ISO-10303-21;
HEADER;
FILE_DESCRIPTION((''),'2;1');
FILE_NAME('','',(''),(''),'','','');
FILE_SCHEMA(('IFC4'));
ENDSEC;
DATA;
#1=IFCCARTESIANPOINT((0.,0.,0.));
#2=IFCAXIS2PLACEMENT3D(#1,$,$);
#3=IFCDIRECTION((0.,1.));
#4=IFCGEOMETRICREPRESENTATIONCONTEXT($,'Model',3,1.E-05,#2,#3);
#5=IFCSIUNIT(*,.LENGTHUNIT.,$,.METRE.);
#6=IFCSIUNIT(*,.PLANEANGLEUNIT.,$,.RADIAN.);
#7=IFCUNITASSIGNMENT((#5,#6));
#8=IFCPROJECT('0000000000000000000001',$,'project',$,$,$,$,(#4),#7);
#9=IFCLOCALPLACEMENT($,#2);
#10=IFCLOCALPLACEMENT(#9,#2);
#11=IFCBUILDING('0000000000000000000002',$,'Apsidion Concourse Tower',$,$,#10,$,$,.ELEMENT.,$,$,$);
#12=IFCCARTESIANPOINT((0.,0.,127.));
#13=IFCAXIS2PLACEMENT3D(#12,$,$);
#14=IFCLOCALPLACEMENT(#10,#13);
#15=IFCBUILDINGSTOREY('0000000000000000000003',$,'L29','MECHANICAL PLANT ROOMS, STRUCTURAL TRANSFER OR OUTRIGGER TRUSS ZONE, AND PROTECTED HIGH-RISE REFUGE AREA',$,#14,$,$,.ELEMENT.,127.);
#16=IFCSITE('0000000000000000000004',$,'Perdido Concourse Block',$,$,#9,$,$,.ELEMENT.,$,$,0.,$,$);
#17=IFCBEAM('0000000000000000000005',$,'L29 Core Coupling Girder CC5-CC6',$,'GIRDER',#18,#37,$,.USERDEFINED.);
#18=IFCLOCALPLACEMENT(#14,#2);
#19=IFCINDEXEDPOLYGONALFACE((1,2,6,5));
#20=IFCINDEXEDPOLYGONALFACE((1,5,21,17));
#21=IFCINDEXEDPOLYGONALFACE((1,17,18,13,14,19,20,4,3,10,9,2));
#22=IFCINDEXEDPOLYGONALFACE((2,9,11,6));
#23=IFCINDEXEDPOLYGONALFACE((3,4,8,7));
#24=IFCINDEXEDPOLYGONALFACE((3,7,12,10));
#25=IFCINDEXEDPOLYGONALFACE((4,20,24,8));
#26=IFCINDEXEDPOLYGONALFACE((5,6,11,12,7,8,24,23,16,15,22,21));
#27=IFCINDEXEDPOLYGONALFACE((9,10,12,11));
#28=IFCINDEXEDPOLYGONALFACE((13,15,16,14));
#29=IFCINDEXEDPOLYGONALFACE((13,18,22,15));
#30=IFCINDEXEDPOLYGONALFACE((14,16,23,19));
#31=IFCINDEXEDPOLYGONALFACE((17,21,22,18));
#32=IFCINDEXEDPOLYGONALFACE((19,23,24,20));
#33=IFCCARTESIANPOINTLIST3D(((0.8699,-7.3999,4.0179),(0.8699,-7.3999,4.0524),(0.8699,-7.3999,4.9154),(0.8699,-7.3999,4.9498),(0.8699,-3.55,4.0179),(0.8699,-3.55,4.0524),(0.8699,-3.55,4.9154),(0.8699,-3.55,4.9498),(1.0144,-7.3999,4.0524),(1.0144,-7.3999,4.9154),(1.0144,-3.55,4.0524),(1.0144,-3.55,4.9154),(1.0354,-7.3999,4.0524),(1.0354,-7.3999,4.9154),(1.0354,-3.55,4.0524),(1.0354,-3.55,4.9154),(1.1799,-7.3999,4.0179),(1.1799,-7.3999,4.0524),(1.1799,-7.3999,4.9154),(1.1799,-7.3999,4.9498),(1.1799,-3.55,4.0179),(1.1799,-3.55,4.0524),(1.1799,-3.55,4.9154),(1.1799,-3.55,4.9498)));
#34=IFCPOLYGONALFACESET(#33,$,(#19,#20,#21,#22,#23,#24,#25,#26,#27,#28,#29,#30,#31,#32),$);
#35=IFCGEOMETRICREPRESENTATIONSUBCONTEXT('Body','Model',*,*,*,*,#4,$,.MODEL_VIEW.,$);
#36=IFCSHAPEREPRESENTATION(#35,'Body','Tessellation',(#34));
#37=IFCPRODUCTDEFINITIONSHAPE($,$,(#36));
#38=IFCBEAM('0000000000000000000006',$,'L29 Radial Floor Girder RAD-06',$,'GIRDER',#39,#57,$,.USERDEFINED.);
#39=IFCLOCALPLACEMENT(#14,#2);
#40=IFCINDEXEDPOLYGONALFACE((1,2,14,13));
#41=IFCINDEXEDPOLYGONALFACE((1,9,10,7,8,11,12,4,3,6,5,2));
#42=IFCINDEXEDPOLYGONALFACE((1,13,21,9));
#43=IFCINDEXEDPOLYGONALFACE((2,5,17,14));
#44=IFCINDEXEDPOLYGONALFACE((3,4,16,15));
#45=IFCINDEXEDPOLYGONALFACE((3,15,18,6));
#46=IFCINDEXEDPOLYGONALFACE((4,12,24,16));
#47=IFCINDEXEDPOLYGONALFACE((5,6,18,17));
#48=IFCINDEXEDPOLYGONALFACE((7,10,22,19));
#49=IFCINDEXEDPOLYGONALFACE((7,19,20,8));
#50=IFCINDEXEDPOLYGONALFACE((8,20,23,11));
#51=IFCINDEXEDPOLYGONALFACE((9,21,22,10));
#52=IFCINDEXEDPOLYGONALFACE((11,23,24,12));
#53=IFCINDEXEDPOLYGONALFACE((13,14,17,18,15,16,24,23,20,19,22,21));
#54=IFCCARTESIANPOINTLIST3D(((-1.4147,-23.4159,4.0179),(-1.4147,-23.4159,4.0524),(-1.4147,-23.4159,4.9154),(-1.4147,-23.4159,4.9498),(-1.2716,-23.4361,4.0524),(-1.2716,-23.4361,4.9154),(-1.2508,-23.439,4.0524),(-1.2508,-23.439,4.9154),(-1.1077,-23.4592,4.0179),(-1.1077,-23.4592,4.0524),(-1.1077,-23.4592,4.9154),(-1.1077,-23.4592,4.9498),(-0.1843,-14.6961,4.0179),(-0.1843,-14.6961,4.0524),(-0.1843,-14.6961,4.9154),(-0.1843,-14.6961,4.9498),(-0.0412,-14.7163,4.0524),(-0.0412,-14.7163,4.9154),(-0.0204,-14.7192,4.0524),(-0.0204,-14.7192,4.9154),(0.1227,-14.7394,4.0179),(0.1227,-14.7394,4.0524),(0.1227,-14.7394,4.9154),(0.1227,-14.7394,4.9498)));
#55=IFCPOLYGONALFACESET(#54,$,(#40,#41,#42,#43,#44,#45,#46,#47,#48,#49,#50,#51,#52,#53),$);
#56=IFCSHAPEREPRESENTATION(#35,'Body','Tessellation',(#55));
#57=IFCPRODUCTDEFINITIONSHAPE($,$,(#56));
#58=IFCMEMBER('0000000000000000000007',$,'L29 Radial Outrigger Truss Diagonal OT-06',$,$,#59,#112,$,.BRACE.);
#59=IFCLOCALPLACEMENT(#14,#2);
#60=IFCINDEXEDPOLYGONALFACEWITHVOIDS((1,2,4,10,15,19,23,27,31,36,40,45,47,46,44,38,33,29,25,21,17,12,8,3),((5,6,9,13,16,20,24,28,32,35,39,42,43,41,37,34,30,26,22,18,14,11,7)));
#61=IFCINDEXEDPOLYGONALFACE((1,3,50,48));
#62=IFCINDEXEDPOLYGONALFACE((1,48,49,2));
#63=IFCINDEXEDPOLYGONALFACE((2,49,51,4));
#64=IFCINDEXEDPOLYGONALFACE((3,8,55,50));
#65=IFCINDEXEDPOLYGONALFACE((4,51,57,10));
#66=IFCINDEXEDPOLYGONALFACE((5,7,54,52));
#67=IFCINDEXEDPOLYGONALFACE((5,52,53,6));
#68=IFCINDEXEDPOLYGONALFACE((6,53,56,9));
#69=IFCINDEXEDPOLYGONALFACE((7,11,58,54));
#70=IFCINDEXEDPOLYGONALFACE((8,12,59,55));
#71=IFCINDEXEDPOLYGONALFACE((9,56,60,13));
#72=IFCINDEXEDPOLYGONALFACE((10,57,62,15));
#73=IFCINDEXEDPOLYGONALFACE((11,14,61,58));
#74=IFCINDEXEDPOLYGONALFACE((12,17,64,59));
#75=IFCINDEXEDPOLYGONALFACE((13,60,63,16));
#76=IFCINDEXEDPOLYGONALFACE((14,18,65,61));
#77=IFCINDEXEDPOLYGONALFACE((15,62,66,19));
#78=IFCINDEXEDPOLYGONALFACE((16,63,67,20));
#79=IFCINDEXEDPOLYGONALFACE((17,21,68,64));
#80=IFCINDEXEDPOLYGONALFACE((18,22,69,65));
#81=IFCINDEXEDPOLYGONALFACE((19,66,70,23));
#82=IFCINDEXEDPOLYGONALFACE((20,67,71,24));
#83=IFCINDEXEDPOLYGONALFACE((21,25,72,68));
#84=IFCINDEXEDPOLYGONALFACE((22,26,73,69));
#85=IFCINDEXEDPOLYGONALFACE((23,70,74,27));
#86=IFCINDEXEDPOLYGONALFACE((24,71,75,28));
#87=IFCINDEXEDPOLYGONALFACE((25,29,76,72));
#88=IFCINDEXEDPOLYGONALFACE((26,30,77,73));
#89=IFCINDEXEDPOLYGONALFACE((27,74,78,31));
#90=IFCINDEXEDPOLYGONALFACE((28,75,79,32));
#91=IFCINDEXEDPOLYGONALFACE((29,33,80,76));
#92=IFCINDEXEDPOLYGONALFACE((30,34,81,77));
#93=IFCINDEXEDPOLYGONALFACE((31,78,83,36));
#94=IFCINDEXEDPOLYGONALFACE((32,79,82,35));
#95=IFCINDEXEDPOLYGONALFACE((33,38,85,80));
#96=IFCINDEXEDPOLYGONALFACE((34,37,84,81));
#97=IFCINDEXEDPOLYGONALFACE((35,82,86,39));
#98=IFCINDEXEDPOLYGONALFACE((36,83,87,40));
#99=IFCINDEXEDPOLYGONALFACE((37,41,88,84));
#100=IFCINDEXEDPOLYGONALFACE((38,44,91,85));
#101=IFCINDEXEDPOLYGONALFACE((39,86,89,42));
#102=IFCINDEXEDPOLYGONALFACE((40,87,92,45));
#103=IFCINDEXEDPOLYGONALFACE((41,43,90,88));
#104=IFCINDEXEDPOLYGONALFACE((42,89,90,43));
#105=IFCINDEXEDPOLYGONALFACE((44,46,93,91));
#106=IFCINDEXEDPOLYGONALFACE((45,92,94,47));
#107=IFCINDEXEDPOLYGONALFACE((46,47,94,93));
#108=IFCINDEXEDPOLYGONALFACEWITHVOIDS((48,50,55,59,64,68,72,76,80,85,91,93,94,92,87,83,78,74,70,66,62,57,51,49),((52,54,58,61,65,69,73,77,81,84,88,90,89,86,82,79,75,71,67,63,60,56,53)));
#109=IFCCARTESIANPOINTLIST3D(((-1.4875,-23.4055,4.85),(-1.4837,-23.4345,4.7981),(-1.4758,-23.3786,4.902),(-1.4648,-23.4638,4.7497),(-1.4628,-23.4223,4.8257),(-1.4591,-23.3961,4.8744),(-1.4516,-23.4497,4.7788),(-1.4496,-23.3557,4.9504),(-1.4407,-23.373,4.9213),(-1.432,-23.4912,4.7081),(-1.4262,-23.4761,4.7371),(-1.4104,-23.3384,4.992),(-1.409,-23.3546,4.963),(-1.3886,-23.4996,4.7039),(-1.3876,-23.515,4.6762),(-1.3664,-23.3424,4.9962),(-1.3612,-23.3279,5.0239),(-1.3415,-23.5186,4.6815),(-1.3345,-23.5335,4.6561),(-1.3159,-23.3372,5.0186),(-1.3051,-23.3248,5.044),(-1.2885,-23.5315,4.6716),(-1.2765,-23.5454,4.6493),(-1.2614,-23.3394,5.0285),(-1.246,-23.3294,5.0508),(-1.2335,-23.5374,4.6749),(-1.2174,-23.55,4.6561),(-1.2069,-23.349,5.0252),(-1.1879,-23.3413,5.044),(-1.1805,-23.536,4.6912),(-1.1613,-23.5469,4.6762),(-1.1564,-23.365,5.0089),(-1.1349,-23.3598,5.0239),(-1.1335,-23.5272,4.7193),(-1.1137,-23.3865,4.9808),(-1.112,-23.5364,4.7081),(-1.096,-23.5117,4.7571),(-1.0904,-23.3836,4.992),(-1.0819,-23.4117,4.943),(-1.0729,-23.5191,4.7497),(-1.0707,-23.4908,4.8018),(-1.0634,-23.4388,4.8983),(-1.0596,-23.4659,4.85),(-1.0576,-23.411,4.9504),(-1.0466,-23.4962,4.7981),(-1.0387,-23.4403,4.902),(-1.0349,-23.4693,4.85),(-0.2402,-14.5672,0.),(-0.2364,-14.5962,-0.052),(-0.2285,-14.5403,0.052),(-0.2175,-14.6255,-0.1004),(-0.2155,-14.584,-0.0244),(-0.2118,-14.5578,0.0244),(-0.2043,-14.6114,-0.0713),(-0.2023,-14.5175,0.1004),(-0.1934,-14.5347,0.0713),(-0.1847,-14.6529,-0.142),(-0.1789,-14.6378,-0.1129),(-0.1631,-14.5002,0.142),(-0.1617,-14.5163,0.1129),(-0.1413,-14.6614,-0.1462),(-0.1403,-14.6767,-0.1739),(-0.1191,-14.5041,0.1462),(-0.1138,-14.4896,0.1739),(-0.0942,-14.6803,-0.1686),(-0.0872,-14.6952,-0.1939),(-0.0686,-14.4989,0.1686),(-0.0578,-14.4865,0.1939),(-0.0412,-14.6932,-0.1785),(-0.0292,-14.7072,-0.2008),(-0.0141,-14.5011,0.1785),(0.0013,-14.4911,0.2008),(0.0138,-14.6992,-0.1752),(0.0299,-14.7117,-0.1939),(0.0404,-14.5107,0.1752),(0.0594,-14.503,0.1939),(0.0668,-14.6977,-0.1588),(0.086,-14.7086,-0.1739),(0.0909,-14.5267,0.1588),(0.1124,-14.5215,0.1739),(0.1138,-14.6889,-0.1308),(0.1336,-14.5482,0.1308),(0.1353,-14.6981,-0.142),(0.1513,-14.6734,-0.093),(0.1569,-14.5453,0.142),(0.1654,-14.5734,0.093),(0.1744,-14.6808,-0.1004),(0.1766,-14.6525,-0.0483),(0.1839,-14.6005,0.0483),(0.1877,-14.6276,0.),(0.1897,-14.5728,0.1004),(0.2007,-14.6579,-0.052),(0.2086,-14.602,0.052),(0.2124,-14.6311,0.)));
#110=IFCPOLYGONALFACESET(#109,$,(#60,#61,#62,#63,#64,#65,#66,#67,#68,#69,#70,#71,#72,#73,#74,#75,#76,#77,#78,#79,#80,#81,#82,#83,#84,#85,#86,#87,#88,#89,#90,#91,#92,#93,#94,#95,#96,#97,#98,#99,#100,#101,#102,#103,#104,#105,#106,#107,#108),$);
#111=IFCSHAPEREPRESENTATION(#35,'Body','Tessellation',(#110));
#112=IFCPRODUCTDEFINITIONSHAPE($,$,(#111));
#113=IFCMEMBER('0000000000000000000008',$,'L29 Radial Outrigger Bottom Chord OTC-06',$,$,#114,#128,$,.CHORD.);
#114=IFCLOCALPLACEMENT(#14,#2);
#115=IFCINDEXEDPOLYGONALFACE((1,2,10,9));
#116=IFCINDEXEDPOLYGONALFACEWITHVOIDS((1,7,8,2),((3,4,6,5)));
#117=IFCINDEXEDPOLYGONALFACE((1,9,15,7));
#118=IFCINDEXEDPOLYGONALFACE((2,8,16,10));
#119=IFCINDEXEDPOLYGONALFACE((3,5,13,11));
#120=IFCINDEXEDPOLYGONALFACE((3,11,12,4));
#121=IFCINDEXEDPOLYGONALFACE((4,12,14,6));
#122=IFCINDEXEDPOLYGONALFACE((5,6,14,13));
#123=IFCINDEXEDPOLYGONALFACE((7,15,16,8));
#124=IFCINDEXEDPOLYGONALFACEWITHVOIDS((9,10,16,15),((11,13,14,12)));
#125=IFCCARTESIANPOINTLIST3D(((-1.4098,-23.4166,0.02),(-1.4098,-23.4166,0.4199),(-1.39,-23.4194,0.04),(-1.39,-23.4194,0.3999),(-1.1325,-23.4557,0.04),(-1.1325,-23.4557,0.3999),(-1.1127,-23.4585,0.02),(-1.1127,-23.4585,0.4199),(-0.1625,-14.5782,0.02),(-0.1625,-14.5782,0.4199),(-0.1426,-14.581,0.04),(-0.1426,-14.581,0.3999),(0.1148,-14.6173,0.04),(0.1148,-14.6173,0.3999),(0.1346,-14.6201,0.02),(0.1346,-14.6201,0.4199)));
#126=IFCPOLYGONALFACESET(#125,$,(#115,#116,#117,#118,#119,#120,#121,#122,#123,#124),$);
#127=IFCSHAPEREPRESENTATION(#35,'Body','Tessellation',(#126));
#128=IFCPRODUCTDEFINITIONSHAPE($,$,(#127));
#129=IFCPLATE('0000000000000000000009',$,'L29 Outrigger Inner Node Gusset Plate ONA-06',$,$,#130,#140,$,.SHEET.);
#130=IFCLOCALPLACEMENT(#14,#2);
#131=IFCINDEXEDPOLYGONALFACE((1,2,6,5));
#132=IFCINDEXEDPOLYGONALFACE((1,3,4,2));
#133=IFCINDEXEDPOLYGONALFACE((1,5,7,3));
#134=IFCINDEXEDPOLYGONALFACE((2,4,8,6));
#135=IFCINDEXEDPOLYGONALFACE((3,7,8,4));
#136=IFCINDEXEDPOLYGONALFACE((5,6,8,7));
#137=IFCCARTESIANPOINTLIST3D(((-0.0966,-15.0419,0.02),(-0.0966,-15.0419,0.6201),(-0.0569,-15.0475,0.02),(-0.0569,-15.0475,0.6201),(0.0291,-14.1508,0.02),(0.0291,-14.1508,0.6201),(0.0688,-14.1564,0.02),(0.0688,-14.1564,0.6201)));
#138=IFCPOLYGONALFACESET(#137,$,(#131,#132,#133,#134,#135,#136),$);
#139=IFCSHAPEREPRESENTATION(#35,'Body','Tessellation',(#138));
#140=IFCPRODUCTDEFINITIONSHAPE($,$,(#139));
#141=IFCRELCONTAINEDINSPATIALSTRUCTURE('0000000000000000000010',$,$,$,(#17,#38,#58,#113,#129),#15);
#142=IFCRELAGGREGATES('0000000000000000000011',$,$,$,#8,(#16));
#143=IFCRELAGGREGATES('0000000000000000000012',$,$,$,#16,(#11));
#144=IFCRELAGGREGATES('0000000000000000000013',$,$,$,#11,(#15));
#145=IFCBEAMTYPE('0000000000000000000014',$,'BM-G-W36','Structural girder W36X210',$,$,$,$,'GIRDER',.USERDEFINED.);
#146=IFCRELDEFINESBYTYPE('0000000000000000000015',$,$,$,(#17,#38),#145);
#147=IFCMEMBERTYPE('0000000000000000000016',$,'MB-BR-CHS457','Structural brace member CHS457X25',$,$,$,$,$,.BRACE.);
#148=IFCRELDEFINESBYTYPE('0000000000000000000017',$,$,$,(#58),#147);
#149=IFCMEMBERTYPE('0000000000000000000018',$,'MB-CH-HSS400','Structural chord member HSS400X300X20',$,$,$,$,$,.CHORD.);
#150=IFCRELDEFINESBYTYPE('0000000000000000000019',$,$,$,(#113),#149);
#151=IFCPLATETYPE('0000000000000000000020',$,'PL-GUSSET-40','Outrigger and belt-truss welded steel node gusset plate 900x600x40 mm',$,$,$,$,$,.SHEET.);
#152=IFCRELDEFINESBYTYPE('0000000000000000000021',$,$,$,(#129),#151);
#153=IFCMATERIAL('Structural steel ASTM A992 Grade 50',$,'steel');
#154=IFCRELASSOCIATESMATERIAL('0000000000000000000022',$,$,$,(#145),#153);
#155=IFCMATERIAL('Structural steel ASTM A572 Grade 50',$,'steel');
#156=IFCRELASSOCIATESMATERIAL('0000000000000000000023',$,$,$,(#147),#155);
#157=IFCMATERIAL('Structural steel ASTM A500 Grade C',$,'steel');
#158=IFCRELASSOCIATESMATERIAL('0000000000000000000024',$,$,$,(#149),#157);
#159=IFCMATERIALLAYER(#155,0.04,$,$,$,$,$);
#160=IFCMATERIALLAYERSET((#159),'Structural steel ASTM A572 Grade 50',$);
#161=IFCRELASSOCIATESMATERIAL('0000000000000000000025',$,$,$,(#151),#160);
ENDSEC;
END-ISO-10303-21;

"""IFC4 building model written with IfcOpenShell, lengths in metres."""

from ifc_helpers import new_model, si_unit, direction, frame, origin, origin_2d, place, context, subcontext, project, spatial, rectangle, hollow_rectangle, hollow_circle, i_section, extrude, material, layer, layer_set, material_profile, profile_set, type_object, element, save


model = new_model("IFC4")

# Units and contexts
model_context = context("Model", 3, precision=1e-05, world=origin(), true_north=direction((0.0, 1.0)))
body_context = subcontext(model_context, "Body", "Model", "MODEL_VIEW")
ifc_project = project(units=[si_unit("LENGTHUNIT", "METRE"), si_unit("PLANEANGLEUNIT", "RADIAN")], contexts=[model_context])

# Site, building, storey
site_placement = place(None, origin())
site = spatial("IfcSite", under=ifc_project, at=site_placement, Name="Perdido Concourse Block", CompositionType="ELEMENT", RefElevation=0.0)
building_placement = place(site_placement, origin())
building = spatial("IfcBuilding", under=site, at=building_placement, Name="Apsidion Concourse Tower", CompositionType="ELEMENT")
storey_placement = place(building_placement, frame((0.0, 0.0, 127.0)))
storey = spatial("IfcBuildingStorey", under=building, at=storey_placement, Name="L29", Description="MECHANICAL PLANT ROOMS, STRUCTURAL TRANSFER OR OUTRIGGER TRUSS ZONE, AND PROTECTED HIGH-RISE REFUGE AREA", CompositionType="ELEMENT", Elevation=127.0)

# Beams
ifc_material_1 = material(Name="Structural steel ASTM A992 Grade 50", Category="steel")
ifc_material_profile_1 = material_profile(ifc_material_1, i_section(OverallWidth=0.3101, OverallDepth=0.9319, WebThickness=0.021, FlangeThickness=0.0344, at=origin_2d()), Name="W36X210")
ifc_profile_set_1 = profile_set([ifc_material_profile_1], Name="Structural steel ASTM A992 Grade 50")
beam_type = type_object("IfcBeamType", Name="BM-G-W36", Description="Structural girder W36X210", ElementType="GIRDER", PredefinedType="USERDEFINED", material=ifc_profile_set_1)
beam_1_placement = place(storey_placement, frame((1.0249, -3.55, 4.4839), z_axis=(0.0, -1.0, 0.0), x_axis=(1.0, 0.0, 0.0)))
element("IfcBeam", 1, at=beam_1_placement, inside=storey, type_object=beam_type, Name="L29 Core Coupling Girder CC5-CC6", ObjectType="GIRDER", PredefinedType="USERDEFINED", context=body_context, shape_type="SweptSolid", body=[
    extrude(i_section(OverallWidth=0.3101, OverallDepth=0.9319, WebThickness=0.021, FlangeThickness=0.0344, at=origin_2d()), origin(), (0.0, 0.0, 1.0), 3.8499),
])
beam_2_placement = place(storey_placement, frame((-0.0308, -14.7178, 4.4839), z_axis=(-0.139729, -0.99019, 0.0), x_axis=(0.99019, -0.139729, 0.0)))
element("IfcBeam", 2, at=beam_2_placement, inside=storey, type_object=beam_type, Name="L29 Radial Floor Girder RAD-06", ObjectType="GIRDER", PredefinedType="USERDEFINED", context=body_context, shape_type="SweptSolid", body=[
    extrude(i_section(OverallWidth=0.3101, OverallDepth=0.9319, WebThickness=0.021, FlangeThickness=0.0344, at=origin_2d()), origin(), (0.0, 0.0, 1.0), 8.8062),
])

# Members
ifc_material_2 = material(Name="Structural steel ASTM A572 Grade 50", Category="steel")
ifc_material_profile_2 = material_profile(ifc_material_2, hollow_circle(Radius=0.2285, WallThickness=0.0249, at=origin_2d()), Name="CHS457X25")
ifc_profile_set_2 = profile_set([ifc_material_profile_2], Name="Structural steel ASTM A572 Grade 50")
member_type_1 = type_object("IfcMemberType", Name="MB-BR-CHS457", Description="Structural brace member CHS457X25", PredefinedType="BRACE", material=ifc_profile_set_2)
member_1_placement = place(storey_placement, frame((-0.0139, -14.5991, 0.0), z_axis=(-0.122785, -0.870043, 0.47744), x_axis=(0.990188, -0.13974, 0.0)))
element("IfcMember", 3, at=member_1_placement, inside=storey, type_object=member_type_1, Name="L29 Radial Outrigger Truss Diagonal OT-06", PredefinedType="BRACE", context=body_context, shape_type="SweptSolid", body=[
    extrude(hollow_circle(Radius=0.2285, WallThickness=0.0249, at=origin_2d()), origin(), (0.0, 0.0, 1.0), 10.1584),
])
ifc_material_3 = material(Name="Structural steel ASTM A500 Grade C", Category="steel")
ifc_material_profile_3 = material_profile(ifc_material_3, hollow_rectangle(XDim=0.3, YDim=0.3999, WallThickness=0.02, at=origin_2d()), Name="HSS400X300X20")
ifc_profile_set_3 = profile_set([ifc_material_profile_3], Name="Structural steel ASTM A500 Grade C")
member_type_2 = type_object("IfcMemberType", Name="MB-CH-HSS400", Description="Structural chord member HSS400X300X20", PredefinedType="CHORD", material=ifc_profile_set_3)
member_2_placement = place(storey_placement, frame((-0.0139, -14.5991, 0.22), z_axis=(-0.13974, -0.990188, 0.0), x_axis=(0.990188, -0.13974, 0.0)))
element("IfcMember", 4, at=member_2_placement, inside=storey, type_object=member_type_2, Name="L29 Radial Outrigger Bottom Chord OTC-06", PredefinedType="CHORD", context=body_context, shape_type="SweptSolid", body=[
    extrude(hollow_rectangle(XDim=0.3, YDim=0.3999, WallThickness=0.02, at=origin_2d()), origin(), (0.0, 0.0, 1.0), 8.926),
])

# Plate
ifc_layer_1 = layer(ifc_material_2, 0.04)
ifc_layer_set_1 = layer_set([ifc_layer_1], Name="Structural steel ASTM A572 Grade 50")
plate_type = type_object("IfcPlateType", Name="PL-GUSSET-40", Description="Outrigger and belt-truss welded steel node gusset plate 900x600x40 mm", PredefinedType="SHEET", material=ifc_layer_set_1)
plate_placement = place(storey_placement, frame((-0.0139, -14.5991, 0.02), z_axis=(0.0, 0.0, 1.0), x_axis=(0.139692, 0.990195, 0.0)))
element("IfcPlate", 5, at=plate_placement, inside=storey, type_object=plate_type, Name="L29 Outrigger Inner Node Gusset Plate ONA-06", PredefinedType="SHEET", context=body_context, shape_type="SweptSolid", body=[
    extrude(rectangle(XDim=0.8999, YDim=0.04, at=origin_2d()), origin(), (0.0, 0.0, 1.0), 0.6001),
])

save(model, "model.ifc")
